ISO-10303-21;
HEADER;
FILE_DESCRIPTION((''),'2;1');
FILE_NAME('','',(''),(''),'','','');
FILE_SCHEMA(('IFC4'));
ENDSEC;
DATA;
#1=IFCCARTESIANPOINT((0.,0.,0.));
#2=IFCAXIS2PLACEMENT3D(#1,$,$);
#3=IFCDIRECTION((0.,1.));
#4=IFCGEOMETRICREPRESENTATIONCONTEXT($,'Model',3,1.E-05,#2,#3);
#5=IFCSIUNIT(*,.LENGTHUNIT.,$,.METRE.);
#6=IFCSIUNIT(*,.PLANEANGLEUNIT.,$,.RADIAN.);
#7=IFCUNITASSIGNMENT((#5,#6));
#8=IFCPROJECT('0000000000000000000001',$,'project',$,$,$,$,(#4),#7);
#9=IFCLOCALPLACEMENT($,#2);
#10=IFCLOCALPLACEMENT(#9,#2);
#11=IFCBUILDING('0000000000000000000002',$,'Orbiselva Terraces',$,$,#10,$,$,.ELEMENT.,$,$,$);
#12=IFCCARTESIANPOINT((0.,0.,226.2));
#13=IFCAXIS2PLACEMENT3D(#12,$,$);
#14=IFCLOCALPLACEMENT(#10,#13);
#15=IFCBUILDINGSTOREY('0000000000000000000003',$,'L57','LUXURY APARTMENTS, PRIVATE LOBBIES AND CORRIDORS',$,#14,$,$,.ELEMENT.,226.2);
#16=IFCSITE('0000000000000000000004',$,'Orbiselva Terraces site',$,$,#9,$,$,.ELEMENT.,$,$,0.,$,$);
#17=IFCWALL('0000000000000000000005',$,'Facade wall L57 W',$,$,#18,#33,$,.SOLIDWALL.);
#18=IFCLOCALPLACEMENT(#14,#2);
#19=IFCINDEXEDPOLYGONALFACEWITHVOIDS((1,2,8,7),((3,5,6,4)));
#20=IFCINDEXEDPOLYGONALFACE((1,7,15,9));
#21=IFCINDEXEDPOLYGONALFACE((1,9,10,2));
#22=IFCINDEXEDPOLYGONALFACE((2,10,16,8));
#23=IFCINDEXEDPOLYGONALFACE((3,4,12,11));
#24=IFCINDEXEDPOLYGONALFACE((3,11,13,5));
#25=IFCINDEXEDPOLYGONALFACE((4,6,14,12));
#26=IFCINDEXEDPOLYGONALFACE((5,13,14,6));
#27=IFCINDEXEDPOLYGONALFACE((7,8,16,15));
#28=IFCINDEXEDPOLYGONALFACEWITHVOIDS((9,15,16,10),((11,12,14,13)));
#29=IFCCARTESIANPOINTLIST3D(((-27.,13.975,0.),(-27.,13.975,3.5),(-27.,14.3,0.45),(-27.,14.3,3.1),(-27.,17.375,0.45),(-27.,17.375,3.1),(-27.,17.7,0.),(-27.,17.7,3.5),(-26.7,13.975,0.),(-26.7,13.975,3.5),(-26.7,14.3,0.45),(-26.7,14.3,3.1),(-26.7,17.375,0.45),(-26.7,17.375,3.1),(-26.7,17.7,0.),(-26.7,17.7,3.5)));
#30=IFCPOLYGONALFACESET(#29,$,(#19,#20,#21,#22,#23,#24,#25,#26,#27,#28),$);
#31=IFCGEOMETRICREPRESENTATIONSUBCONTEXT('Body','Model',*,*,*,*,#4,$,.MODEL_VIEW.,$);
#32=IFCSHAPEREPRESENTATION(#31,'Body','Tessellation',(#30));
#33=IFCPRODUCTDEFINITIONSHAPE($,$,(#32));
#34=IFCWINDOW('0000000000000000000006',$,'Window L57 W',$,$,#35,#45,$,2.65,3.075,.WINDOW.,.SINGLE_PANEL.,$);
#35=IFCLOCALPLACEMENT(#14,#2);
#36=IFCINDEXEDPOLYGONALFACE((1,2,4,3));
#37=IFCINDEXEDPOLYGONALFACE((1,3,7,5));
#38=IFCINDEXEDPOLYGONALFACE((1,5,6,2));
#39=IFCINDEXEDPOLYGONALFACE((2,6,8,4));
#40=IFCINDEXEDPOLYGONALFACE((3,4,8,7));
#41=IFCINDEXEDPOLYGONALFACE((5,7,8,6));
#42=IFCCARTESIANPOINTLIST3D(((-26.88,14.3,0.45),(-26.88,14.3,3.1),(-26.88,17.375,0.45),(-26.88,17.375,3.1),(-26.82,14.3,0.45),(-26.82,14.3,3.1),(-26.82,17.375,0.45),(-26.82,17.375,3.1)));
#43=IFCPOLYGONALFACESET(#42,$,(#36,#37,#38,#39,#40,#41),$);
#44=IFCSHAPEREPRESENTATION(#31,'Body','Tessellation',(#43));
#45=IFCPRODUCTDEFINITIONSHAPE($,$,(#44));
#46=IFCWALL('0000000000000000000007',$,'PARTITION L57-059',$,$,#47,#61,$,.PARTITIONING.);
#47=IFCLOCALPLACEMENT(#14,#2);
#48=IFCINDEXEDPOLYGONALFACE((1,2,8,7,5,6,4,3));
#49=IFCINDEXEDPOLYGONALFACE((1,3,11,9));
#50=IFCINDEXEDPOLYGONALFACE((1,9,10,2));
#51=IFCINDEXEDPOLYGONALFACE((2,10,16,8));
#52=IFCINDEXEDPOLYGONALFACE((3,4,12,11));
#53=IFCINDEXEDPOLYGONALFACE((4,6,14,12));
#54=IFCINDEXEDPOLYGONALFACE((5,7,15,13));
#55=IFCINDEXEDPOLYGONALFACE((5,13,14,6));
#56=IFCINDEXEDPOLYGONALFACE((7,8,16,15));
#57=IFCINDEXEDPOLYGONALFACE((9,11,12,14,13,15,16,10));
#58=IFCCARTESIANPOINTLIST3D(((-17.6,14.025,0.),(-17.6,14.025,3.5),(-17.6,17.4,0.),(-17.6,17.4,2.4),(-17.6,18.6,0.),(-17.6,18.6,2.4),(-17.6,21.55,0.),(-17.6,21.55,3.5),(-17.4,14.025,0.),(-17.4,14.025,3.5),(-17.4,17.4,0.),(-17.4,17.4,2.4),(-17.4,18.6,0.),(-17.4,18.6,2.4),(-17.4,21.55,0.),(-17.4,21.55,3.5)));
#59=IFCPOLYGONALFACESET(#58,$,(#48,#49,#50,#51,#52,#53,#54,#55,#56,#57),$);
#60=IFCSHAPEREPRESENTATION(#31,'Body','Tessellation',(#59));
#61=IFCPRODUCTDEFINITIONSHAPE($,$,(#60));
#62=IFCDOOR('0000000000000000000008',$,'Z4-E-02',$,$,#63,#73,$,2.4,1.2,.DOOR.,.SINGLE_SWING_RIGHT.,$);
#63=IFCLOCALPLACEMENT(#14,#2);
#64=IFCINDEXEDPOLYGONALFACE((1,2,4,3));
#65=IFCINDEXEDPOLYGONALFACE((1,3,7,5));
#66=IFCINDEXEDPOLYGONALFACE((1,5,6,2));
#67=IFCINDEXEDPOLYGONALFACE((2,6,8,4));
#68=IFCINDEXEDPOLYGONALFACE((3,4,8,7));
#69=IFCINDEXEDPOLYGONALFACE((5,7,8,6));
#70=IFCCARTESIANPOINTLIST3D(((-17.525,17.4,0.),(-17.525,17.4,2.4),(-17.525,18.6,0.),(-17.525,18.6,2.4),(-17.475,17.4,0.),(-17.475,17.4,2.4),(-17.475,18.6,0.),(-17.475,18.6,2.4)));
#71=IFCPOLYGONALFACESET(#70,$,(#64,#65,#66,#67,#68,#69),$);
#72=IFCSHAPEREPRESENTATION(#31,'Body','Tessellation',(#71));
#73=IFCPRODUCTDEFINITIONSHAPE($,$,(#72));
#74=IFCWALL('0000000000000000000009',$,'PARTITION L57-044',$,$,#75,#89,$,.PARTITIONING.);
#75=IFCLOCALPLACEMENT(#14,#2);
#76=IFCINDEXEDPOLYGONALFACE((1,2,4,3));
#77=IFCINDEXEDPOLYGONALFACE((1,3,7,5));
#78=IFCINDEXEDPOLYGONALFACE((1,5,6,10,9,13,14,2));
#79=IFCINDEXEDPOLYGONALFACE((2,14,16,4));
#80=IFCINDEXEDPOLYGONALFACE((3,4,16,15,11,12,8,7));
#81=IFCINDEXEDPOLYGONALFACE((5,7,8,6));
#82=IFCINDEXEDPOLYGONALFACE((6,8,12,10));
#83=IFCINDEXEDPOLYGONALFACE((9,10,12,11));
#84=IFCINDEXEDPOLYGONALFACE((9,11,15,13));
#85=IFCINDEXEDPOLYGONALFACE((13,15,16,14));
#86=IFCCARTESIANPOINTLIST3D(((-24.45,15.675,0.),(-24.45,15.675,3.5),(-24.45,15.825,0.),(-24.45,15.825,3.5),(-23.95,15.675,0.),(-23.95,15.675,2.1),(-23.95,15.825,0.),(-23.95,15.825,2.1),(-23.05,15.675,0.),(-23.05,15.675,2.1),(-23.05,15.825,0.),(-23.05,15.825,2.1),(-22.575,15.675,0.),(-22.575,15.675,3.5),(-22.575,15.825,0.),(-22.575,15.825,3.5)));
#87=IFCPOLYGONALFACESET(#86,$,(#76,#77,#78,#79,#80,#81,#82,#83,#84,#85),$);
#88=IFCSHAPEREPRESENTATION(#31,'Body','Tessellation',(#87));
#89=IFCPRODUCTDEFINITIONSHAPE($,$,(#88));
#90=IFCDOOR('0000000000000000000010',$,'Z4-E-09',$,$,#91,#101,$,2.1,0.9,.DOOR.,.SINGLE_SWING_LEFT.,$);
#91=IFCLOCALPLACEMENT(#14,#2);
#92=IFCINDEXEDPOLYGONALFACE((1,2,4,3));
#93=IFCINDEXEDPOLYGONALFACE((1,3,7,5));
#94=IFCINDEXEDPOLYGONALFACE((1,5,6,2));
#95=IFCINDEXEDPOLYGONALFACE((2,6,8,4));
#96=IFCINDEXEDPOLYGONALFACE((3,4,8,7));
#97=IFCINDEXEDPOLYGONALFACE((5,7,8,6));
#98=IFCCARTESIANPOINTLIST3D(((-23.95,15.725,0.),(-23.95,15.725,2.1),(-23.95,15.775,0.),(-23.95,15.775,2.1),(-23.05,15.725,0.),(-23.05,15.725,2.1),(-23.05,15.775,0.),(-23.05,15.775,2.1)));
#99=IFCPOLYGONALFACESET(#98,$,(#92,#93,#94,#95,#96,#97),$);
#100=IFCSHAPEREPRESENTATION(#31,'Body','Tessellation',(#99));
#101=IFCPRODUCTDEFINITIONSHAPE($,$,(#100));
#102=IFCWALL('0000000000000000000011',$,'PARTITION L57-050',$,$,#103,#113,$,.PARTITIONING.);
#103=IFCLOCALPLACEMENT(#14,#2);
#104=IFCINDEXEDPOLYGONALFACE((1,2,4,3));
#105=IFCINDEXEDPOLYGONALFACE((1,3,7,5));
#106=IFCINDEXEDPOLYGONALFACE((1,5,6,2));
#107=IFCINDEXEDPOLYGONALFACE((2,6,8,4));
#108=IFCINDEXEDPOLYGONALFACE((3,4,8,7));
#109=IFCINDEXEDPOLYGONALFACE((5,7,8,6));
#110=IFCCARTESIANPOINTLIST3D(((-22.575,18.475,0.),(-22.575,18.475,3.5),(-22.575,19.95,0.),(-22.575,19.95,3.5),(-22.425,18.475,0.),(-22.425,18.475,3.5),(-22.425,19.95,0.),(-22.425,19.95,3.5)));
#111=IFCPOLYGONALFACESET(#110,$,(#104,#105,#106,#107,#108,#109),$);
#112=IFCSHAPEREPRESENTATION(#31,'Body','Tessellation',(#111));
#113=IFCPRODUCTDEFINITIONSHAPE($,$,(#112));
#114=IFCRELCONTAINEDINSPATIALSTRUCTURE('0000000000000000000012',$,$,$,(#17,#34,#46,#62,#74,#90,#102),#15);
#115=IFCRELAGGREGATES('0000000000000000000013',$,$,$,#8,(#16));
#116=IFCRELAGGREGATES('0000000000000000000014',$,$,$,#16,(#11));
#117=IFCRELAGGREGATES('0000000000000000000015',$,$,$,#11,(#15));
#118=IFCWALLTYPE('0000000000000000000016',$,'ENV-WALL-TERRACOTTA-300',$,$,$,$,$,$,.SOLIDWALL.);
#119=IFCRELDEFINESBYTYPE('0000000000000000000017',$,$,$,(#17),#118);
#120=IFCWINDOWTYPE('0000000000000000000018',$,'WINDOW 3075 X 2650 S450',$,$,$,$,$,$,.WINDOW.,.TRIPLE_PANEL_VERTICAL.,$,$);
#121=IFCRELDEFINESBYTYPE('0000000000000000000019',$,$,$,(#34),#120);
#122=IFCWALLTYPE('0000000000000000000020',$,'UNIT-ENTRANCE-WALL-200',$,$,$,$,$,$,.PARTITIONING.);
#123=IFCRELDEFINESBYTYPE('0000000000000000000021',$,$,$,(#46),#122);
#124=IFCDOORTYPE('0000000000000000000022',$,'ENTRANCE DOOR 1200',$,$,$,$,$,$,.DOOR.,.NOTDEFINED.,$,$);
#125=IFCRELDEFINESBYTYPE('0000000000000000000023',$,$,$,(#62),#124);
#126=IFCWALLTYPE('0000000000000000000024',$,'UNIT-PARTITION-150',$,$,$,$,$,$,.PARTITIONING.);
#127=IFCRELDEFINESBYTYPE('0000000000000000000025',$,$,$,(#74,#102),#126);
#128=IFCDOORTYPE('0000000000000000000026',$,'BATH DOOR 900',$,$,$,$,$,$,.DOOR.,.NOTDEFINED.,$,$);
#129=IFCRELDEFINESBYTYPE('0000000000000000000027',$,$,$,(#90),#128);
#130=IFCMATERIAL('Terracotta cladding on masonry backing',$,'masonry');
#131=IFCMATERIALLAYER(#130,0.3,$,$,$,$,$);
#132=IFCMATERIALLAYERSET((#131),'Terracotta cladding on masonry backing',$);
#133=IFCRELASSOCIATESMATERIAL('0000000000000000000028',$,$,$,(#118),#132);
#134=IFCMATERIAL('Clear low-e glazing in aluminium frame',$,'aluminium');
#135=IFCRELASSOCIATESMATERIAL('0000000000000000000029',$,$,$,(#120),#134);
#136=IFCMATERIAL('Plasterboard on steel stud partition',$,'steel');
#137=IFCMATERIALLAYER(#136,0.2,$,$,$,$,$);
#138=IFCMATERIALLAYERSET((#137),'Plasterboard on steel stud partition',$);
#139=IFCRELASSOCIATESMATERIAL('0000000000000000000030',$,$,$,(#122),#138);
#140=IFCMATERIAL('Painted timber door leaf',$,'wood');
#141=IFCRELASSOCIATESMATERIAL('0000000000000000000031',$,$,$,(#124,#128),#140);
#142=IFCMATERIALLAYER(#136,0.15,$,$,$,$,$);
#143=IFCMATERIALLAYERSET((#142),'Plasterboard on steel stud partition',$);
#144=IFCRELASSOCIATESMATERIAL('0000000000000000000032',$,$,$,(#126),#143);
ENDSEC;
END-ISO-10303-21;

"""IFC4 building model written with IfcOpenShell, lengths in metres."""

from ifc_helpers import new_model, si_unit, direction, frame, frame_2d, origin, place, context, subcontext, project, spatial, rectangle, extrude, material, layer, layer_set, type_object, element, fill, save


model = new_model("IFC4")

# Units and contexts
model_context = context("Model", 3, precision=1e-05, world=origin(), true_north=direction((0.0, 1.0)))
body_context = subcontext(model_context, "Body", "Model", "MODEL_VIEW")
ifc_project = project(units=[si_unit("LENGTHUNIT", "METRE"), si_unit("PLANEANGLEUNIT", "RADIAN")], contexts=[model_context])

# Site, building, storey
site_placement = place(None, origin())
site = spatial("IfcSite", under=ifc_project, at=site_placement, Name="Orbiselva Terraces site", CompositionType="ELEMENT", RefElevation=0.0)
building_placement = place(site_placement, origin())
building = spatial("IfcBuilding", under=site, at=building_placement, Name="Orbiselva Terraces", CompositionType="ELEMENT")
storey_placement = place(building_placement, frame((0.0, 0.0, 226.2)))
storey = spatial("IfcBuildingStorey", under=building, at=storey_placement, Name="L57", Description="LUXURY APARTMENTS, PRIVATE LOBBIES AND CORRIDORS", CompositionType="ELEMENT", Elevation=226.2)

# Shared definitions
ifc_material_1 = material(Name="Terracotta cladding on masonry backing", Category="masonry")
ifc_layer_1 = layer(ifc_material_1, 0.3)
ifc_layer_set_1 = layer_set([ifc_layer_1], Name="Terracotta cladding on masonry backing")
wall_type_1 = type_object("IfcWallType", Name="ENV-WALL-TERRACOTTA-300", PredefinedType="SOLIDWALL", material=ifc_layer_set_1)
ifc_material_2 = material(Name="Clear low-e glazing in aluminium frame", Category="aluminium")
window_type = type_object("IfcWindowType", Name="WINDOW 3075 X 2650 S450", PartitioningType="TRIPLE_PANEL_VERTICAL", PredefinedType="WINDOW", material=ifc_material_2)

# Wall, opening, window
wall_1_placement = place(storey_placement, frame((-26.85, 13.975, 0.0), z_axis=(0.0, 0.0, 1.0), x_axis=(0.0, 1.0, 0.0)))
wall_1 = element("IfcWall", 1, at=wall_1_placement, inside=storey, type_object=wall_type_1, Name="Facade wall L57 W", PredefinedType="SOLIDWALL", context=body_context, shape_type="SweptSolid", body=[
    extrude(rectangle(XDim=3.725, YDim=0.3, at=frame_2d((1.8625, 0.0))), origin(), (0.0, 0.0, 1.0), 3.5),
])
opening_1_placement = place(wall_1_placement, frame((0.325, 0.0, 0.45)))
opening_1 = element("IfcOpeningElement", 2, at=opening_1_placement, cuts=wall_1, PredefinedType="OPENING", context=body_context, shape_type="SweptSolid", body=[
    extrude(rectangle(XDim=3.075, YDim=2.65, at=frame_2d((1.5375, 1.325))), frame((0.0, 0.16, 0.0), z_axis=(0.0, -1.0, 0.0), x_axis=(1.0, 0.0, 0.0)), (0.0, 0.0, 1.0), 0.32),
])
window_1_placement = place(opening_1_placement, origin())
window_1 = element("IfcWindow", 3, at=window_1_placement, inside=storey, type_object=window_type, Name="Window L57 W", OverallHeight=2.65, OverallWidth=3.075, PartitioningType="SINGLE_PANEL", PredefinedType="WINDOW", context=body_context, shape_type="SweptSolid", body=[
    extrude(rectangle(XDim=3.075, YDim=2.65, at=frame_2d((1.5375, 1.325))), frame((0.0, 0.03, 0.0), z_axis=(0.0, -1.0, 0.0), x_axis=(1.0, 0.0, 0.0)), (0.0, 0.0, 1.0), 0.06),
])
fill(opening_1, window_1)

# Walls, openings, doors
ifc_material_3 = material(Name="Plasterboard on steel stud partition", Category="steel")
ifc_layer_2 = layer(ifc_material_3, 0.2)
ifc_layer_set_2 = layer_set([ifc_layer_2], Name="Plasterboard on steel stud partition")
wall_type_2 = type_object("IfcWallType", Name="UNIT-ENTRANCE-WALL-200", PredefinedType="PARTITIONING", material=ifc_layer_set_2)
wall_2_placement = place(storey_placement, frame((-17.5, 14.025, 0.0), z_axis=(0.0, 0.0, 1.0), x_axis=(0.0, 1.0, 0.0)))
wall_2 = element("IfcWall", 4, at=wall_2_placement, inside=storey, type_object=wall_type_2, Name="PARTITION L57-059", PredefinedType="PARTITIONING", context=body_context, shape_type="SweptSolid", body=[
    extrude(rectangle(XDim=7.525, YDim=0.2, at=frame_2d((3.7625, 0.0))), origin(), (0.0, 0.0, 1.0), 3.5),
])
opening_2_placement = place(wall_2_placement, frame((3.375, 0.0, 0.0)))
opening_2 = element("IfcOpeningElement", 5, at=opening_2_placement, cuts=wall_2, PredefinedType="OPENING", context=body_context, shape_type="SweptSolid", body=[
    extrude(rectangle(XDim=1.2, YDim=2.4, at=frame_2d((0.6, 1.2))), frame((0.0, 0.11, 0.0), z_axis=(0.0, -1.0, 0.0), x_axis=(1.0, 0.0, 0.0)), (0.0, 0.0, 1.0), 0.22),
])
ifc_material_4 = material(Name="Painted timber door leaf", Category="wood")
door_type_1 = type_object("IfcDoorType", Name="ENTRANCE DOOR 1200", OperationType="NOTDEFINED", PredefinedType="DOOR", material=ifc_material_4)
door_1_placement = place(opening_2_placement, origin())
door_1 = element("IfcDoor", 6, at=door_1_placement, inside=storey, type_object=door_type_1, Name="Z4-E-02", OperationType="SINGLE_SWING_RIGHT", OverallHeight=2.4, OverallWidth=1.2, PredefinedType="DOOR", context=body_context, shape_type="SweptSolid", body=[
    extrude(rectangle(XDim=1.2, YDim=2.4, at=frame_2d((0.6, 1.2))), frame((0.0, 0.025, 0.0), z_axis=(0.0, -1.0, 0.0), x_axis=(1.0, 0.0, 0.0)), (0.0, 0.0, 1.0), 0.05),
])
fill(opening_2, door_1)
ifc_layer_3 = layer(ifc_material_3, 0.15)
ifc_layer_set_3 = layer_set([ifc_layer_3], Name="Plasterboard on steel stud partition")
wall_type_3 = type_object("IfcWallType", Name="UNIT-PARTITION-150", PredefinedType="PARTITIONING", material=ifc_layer_set_3)
wall_3_placement = place(storey_placement, frame((-22.575, 15.75, 0.0), z_axis=(0.0, 0.0, 1.0), x_axis=(-1.0, 0.0, 0.0)))
wall_3 = element("IfcWall", 7, at=wall_3_placement, inside=storey, type_object=wall_type_3, Name="PARTITION L57-044", PredefinedType="PARTITIONING", context=body_context, shape_type="SweptSolid", body=[
    extrude(rectangle(XDim=1.875, YDim=0.15, at=frame_2d((0.9375, 0.0))), origin(), (0.0, 0.0, 1.0), 3.5),
])
opening_3_placement = place(wall_3_placement, frame((0.475, 0.0, 0.0)))
opening_3 = element("IfcOpeningElement", 8, at=opening_3_placement, cuts=wall_3, PredefinedType="OPENING", context=body_context, shape_type="SweptSolid", body=[
    extrude(rectangle(XDim=0.9, YDim=2.1, at=frame_2d((0.45, 1.05))), frame((0.0, 0.085, 0.0), z_axis=(0.0, -1.0, 0.0), x_axis=(1.0, 0.0, 0.0)), (0.0, 0.0, 1.0), 0.17),
])
door_type_2 = type_object("IfcDoorType", Name="BATH DOOR 900", OperationType="NOTDEFINED", PredefinedType="DOOR", material=ifc_material_4)
door_2_placement = place(opening_3_placement, origin())
door_2 = element("IfcDoor", 9, at=door_2_placement, inside=storey, type_object=door_type_2, Name="Z4-E-09", OperationType="SINGLE_SWING_LEFT", OverallHeight=2.1, OverallWidth=0.9, PredefinedType="DOOR", context=body_context, shape_type="SweptSolid", body=[
    extrude(rectangle(XDim=0.9, YDim=2.1, at=frame_2d((0.45, 1.05))), frame((0.0, 0.025, 0.0), z_axis=(0.0, -1.0, 0.0), x_axis=(1.0, 0.0, 0.0)), (0.0, 0.0, 1.0), 0.05),
])
fill(opening_3, door_2)

# Wall
wall_4_placement = place(storey_placement, frame((-22.5, 18.475, 0.0), z_axis=(0.0, 0.0, 1.0), x_axis=(0.0, 1.0, 0.0)))
element("IfcWall", 10, at=wall_4_placement, inside=storey, type_object=wall_type_3, Name="PARTITION L57-050", PredefinedType="PARTITIONING", context=body_context, shape_type="SweptSolid", body=[
    extrude(rectangle(XDim=1.475, YDim=0.15, at=frame_2d((0.7375, 0.0))), origin(), (0.0, 0.0, 1.0), 3.5),
])

save(model, "model.ifc")
